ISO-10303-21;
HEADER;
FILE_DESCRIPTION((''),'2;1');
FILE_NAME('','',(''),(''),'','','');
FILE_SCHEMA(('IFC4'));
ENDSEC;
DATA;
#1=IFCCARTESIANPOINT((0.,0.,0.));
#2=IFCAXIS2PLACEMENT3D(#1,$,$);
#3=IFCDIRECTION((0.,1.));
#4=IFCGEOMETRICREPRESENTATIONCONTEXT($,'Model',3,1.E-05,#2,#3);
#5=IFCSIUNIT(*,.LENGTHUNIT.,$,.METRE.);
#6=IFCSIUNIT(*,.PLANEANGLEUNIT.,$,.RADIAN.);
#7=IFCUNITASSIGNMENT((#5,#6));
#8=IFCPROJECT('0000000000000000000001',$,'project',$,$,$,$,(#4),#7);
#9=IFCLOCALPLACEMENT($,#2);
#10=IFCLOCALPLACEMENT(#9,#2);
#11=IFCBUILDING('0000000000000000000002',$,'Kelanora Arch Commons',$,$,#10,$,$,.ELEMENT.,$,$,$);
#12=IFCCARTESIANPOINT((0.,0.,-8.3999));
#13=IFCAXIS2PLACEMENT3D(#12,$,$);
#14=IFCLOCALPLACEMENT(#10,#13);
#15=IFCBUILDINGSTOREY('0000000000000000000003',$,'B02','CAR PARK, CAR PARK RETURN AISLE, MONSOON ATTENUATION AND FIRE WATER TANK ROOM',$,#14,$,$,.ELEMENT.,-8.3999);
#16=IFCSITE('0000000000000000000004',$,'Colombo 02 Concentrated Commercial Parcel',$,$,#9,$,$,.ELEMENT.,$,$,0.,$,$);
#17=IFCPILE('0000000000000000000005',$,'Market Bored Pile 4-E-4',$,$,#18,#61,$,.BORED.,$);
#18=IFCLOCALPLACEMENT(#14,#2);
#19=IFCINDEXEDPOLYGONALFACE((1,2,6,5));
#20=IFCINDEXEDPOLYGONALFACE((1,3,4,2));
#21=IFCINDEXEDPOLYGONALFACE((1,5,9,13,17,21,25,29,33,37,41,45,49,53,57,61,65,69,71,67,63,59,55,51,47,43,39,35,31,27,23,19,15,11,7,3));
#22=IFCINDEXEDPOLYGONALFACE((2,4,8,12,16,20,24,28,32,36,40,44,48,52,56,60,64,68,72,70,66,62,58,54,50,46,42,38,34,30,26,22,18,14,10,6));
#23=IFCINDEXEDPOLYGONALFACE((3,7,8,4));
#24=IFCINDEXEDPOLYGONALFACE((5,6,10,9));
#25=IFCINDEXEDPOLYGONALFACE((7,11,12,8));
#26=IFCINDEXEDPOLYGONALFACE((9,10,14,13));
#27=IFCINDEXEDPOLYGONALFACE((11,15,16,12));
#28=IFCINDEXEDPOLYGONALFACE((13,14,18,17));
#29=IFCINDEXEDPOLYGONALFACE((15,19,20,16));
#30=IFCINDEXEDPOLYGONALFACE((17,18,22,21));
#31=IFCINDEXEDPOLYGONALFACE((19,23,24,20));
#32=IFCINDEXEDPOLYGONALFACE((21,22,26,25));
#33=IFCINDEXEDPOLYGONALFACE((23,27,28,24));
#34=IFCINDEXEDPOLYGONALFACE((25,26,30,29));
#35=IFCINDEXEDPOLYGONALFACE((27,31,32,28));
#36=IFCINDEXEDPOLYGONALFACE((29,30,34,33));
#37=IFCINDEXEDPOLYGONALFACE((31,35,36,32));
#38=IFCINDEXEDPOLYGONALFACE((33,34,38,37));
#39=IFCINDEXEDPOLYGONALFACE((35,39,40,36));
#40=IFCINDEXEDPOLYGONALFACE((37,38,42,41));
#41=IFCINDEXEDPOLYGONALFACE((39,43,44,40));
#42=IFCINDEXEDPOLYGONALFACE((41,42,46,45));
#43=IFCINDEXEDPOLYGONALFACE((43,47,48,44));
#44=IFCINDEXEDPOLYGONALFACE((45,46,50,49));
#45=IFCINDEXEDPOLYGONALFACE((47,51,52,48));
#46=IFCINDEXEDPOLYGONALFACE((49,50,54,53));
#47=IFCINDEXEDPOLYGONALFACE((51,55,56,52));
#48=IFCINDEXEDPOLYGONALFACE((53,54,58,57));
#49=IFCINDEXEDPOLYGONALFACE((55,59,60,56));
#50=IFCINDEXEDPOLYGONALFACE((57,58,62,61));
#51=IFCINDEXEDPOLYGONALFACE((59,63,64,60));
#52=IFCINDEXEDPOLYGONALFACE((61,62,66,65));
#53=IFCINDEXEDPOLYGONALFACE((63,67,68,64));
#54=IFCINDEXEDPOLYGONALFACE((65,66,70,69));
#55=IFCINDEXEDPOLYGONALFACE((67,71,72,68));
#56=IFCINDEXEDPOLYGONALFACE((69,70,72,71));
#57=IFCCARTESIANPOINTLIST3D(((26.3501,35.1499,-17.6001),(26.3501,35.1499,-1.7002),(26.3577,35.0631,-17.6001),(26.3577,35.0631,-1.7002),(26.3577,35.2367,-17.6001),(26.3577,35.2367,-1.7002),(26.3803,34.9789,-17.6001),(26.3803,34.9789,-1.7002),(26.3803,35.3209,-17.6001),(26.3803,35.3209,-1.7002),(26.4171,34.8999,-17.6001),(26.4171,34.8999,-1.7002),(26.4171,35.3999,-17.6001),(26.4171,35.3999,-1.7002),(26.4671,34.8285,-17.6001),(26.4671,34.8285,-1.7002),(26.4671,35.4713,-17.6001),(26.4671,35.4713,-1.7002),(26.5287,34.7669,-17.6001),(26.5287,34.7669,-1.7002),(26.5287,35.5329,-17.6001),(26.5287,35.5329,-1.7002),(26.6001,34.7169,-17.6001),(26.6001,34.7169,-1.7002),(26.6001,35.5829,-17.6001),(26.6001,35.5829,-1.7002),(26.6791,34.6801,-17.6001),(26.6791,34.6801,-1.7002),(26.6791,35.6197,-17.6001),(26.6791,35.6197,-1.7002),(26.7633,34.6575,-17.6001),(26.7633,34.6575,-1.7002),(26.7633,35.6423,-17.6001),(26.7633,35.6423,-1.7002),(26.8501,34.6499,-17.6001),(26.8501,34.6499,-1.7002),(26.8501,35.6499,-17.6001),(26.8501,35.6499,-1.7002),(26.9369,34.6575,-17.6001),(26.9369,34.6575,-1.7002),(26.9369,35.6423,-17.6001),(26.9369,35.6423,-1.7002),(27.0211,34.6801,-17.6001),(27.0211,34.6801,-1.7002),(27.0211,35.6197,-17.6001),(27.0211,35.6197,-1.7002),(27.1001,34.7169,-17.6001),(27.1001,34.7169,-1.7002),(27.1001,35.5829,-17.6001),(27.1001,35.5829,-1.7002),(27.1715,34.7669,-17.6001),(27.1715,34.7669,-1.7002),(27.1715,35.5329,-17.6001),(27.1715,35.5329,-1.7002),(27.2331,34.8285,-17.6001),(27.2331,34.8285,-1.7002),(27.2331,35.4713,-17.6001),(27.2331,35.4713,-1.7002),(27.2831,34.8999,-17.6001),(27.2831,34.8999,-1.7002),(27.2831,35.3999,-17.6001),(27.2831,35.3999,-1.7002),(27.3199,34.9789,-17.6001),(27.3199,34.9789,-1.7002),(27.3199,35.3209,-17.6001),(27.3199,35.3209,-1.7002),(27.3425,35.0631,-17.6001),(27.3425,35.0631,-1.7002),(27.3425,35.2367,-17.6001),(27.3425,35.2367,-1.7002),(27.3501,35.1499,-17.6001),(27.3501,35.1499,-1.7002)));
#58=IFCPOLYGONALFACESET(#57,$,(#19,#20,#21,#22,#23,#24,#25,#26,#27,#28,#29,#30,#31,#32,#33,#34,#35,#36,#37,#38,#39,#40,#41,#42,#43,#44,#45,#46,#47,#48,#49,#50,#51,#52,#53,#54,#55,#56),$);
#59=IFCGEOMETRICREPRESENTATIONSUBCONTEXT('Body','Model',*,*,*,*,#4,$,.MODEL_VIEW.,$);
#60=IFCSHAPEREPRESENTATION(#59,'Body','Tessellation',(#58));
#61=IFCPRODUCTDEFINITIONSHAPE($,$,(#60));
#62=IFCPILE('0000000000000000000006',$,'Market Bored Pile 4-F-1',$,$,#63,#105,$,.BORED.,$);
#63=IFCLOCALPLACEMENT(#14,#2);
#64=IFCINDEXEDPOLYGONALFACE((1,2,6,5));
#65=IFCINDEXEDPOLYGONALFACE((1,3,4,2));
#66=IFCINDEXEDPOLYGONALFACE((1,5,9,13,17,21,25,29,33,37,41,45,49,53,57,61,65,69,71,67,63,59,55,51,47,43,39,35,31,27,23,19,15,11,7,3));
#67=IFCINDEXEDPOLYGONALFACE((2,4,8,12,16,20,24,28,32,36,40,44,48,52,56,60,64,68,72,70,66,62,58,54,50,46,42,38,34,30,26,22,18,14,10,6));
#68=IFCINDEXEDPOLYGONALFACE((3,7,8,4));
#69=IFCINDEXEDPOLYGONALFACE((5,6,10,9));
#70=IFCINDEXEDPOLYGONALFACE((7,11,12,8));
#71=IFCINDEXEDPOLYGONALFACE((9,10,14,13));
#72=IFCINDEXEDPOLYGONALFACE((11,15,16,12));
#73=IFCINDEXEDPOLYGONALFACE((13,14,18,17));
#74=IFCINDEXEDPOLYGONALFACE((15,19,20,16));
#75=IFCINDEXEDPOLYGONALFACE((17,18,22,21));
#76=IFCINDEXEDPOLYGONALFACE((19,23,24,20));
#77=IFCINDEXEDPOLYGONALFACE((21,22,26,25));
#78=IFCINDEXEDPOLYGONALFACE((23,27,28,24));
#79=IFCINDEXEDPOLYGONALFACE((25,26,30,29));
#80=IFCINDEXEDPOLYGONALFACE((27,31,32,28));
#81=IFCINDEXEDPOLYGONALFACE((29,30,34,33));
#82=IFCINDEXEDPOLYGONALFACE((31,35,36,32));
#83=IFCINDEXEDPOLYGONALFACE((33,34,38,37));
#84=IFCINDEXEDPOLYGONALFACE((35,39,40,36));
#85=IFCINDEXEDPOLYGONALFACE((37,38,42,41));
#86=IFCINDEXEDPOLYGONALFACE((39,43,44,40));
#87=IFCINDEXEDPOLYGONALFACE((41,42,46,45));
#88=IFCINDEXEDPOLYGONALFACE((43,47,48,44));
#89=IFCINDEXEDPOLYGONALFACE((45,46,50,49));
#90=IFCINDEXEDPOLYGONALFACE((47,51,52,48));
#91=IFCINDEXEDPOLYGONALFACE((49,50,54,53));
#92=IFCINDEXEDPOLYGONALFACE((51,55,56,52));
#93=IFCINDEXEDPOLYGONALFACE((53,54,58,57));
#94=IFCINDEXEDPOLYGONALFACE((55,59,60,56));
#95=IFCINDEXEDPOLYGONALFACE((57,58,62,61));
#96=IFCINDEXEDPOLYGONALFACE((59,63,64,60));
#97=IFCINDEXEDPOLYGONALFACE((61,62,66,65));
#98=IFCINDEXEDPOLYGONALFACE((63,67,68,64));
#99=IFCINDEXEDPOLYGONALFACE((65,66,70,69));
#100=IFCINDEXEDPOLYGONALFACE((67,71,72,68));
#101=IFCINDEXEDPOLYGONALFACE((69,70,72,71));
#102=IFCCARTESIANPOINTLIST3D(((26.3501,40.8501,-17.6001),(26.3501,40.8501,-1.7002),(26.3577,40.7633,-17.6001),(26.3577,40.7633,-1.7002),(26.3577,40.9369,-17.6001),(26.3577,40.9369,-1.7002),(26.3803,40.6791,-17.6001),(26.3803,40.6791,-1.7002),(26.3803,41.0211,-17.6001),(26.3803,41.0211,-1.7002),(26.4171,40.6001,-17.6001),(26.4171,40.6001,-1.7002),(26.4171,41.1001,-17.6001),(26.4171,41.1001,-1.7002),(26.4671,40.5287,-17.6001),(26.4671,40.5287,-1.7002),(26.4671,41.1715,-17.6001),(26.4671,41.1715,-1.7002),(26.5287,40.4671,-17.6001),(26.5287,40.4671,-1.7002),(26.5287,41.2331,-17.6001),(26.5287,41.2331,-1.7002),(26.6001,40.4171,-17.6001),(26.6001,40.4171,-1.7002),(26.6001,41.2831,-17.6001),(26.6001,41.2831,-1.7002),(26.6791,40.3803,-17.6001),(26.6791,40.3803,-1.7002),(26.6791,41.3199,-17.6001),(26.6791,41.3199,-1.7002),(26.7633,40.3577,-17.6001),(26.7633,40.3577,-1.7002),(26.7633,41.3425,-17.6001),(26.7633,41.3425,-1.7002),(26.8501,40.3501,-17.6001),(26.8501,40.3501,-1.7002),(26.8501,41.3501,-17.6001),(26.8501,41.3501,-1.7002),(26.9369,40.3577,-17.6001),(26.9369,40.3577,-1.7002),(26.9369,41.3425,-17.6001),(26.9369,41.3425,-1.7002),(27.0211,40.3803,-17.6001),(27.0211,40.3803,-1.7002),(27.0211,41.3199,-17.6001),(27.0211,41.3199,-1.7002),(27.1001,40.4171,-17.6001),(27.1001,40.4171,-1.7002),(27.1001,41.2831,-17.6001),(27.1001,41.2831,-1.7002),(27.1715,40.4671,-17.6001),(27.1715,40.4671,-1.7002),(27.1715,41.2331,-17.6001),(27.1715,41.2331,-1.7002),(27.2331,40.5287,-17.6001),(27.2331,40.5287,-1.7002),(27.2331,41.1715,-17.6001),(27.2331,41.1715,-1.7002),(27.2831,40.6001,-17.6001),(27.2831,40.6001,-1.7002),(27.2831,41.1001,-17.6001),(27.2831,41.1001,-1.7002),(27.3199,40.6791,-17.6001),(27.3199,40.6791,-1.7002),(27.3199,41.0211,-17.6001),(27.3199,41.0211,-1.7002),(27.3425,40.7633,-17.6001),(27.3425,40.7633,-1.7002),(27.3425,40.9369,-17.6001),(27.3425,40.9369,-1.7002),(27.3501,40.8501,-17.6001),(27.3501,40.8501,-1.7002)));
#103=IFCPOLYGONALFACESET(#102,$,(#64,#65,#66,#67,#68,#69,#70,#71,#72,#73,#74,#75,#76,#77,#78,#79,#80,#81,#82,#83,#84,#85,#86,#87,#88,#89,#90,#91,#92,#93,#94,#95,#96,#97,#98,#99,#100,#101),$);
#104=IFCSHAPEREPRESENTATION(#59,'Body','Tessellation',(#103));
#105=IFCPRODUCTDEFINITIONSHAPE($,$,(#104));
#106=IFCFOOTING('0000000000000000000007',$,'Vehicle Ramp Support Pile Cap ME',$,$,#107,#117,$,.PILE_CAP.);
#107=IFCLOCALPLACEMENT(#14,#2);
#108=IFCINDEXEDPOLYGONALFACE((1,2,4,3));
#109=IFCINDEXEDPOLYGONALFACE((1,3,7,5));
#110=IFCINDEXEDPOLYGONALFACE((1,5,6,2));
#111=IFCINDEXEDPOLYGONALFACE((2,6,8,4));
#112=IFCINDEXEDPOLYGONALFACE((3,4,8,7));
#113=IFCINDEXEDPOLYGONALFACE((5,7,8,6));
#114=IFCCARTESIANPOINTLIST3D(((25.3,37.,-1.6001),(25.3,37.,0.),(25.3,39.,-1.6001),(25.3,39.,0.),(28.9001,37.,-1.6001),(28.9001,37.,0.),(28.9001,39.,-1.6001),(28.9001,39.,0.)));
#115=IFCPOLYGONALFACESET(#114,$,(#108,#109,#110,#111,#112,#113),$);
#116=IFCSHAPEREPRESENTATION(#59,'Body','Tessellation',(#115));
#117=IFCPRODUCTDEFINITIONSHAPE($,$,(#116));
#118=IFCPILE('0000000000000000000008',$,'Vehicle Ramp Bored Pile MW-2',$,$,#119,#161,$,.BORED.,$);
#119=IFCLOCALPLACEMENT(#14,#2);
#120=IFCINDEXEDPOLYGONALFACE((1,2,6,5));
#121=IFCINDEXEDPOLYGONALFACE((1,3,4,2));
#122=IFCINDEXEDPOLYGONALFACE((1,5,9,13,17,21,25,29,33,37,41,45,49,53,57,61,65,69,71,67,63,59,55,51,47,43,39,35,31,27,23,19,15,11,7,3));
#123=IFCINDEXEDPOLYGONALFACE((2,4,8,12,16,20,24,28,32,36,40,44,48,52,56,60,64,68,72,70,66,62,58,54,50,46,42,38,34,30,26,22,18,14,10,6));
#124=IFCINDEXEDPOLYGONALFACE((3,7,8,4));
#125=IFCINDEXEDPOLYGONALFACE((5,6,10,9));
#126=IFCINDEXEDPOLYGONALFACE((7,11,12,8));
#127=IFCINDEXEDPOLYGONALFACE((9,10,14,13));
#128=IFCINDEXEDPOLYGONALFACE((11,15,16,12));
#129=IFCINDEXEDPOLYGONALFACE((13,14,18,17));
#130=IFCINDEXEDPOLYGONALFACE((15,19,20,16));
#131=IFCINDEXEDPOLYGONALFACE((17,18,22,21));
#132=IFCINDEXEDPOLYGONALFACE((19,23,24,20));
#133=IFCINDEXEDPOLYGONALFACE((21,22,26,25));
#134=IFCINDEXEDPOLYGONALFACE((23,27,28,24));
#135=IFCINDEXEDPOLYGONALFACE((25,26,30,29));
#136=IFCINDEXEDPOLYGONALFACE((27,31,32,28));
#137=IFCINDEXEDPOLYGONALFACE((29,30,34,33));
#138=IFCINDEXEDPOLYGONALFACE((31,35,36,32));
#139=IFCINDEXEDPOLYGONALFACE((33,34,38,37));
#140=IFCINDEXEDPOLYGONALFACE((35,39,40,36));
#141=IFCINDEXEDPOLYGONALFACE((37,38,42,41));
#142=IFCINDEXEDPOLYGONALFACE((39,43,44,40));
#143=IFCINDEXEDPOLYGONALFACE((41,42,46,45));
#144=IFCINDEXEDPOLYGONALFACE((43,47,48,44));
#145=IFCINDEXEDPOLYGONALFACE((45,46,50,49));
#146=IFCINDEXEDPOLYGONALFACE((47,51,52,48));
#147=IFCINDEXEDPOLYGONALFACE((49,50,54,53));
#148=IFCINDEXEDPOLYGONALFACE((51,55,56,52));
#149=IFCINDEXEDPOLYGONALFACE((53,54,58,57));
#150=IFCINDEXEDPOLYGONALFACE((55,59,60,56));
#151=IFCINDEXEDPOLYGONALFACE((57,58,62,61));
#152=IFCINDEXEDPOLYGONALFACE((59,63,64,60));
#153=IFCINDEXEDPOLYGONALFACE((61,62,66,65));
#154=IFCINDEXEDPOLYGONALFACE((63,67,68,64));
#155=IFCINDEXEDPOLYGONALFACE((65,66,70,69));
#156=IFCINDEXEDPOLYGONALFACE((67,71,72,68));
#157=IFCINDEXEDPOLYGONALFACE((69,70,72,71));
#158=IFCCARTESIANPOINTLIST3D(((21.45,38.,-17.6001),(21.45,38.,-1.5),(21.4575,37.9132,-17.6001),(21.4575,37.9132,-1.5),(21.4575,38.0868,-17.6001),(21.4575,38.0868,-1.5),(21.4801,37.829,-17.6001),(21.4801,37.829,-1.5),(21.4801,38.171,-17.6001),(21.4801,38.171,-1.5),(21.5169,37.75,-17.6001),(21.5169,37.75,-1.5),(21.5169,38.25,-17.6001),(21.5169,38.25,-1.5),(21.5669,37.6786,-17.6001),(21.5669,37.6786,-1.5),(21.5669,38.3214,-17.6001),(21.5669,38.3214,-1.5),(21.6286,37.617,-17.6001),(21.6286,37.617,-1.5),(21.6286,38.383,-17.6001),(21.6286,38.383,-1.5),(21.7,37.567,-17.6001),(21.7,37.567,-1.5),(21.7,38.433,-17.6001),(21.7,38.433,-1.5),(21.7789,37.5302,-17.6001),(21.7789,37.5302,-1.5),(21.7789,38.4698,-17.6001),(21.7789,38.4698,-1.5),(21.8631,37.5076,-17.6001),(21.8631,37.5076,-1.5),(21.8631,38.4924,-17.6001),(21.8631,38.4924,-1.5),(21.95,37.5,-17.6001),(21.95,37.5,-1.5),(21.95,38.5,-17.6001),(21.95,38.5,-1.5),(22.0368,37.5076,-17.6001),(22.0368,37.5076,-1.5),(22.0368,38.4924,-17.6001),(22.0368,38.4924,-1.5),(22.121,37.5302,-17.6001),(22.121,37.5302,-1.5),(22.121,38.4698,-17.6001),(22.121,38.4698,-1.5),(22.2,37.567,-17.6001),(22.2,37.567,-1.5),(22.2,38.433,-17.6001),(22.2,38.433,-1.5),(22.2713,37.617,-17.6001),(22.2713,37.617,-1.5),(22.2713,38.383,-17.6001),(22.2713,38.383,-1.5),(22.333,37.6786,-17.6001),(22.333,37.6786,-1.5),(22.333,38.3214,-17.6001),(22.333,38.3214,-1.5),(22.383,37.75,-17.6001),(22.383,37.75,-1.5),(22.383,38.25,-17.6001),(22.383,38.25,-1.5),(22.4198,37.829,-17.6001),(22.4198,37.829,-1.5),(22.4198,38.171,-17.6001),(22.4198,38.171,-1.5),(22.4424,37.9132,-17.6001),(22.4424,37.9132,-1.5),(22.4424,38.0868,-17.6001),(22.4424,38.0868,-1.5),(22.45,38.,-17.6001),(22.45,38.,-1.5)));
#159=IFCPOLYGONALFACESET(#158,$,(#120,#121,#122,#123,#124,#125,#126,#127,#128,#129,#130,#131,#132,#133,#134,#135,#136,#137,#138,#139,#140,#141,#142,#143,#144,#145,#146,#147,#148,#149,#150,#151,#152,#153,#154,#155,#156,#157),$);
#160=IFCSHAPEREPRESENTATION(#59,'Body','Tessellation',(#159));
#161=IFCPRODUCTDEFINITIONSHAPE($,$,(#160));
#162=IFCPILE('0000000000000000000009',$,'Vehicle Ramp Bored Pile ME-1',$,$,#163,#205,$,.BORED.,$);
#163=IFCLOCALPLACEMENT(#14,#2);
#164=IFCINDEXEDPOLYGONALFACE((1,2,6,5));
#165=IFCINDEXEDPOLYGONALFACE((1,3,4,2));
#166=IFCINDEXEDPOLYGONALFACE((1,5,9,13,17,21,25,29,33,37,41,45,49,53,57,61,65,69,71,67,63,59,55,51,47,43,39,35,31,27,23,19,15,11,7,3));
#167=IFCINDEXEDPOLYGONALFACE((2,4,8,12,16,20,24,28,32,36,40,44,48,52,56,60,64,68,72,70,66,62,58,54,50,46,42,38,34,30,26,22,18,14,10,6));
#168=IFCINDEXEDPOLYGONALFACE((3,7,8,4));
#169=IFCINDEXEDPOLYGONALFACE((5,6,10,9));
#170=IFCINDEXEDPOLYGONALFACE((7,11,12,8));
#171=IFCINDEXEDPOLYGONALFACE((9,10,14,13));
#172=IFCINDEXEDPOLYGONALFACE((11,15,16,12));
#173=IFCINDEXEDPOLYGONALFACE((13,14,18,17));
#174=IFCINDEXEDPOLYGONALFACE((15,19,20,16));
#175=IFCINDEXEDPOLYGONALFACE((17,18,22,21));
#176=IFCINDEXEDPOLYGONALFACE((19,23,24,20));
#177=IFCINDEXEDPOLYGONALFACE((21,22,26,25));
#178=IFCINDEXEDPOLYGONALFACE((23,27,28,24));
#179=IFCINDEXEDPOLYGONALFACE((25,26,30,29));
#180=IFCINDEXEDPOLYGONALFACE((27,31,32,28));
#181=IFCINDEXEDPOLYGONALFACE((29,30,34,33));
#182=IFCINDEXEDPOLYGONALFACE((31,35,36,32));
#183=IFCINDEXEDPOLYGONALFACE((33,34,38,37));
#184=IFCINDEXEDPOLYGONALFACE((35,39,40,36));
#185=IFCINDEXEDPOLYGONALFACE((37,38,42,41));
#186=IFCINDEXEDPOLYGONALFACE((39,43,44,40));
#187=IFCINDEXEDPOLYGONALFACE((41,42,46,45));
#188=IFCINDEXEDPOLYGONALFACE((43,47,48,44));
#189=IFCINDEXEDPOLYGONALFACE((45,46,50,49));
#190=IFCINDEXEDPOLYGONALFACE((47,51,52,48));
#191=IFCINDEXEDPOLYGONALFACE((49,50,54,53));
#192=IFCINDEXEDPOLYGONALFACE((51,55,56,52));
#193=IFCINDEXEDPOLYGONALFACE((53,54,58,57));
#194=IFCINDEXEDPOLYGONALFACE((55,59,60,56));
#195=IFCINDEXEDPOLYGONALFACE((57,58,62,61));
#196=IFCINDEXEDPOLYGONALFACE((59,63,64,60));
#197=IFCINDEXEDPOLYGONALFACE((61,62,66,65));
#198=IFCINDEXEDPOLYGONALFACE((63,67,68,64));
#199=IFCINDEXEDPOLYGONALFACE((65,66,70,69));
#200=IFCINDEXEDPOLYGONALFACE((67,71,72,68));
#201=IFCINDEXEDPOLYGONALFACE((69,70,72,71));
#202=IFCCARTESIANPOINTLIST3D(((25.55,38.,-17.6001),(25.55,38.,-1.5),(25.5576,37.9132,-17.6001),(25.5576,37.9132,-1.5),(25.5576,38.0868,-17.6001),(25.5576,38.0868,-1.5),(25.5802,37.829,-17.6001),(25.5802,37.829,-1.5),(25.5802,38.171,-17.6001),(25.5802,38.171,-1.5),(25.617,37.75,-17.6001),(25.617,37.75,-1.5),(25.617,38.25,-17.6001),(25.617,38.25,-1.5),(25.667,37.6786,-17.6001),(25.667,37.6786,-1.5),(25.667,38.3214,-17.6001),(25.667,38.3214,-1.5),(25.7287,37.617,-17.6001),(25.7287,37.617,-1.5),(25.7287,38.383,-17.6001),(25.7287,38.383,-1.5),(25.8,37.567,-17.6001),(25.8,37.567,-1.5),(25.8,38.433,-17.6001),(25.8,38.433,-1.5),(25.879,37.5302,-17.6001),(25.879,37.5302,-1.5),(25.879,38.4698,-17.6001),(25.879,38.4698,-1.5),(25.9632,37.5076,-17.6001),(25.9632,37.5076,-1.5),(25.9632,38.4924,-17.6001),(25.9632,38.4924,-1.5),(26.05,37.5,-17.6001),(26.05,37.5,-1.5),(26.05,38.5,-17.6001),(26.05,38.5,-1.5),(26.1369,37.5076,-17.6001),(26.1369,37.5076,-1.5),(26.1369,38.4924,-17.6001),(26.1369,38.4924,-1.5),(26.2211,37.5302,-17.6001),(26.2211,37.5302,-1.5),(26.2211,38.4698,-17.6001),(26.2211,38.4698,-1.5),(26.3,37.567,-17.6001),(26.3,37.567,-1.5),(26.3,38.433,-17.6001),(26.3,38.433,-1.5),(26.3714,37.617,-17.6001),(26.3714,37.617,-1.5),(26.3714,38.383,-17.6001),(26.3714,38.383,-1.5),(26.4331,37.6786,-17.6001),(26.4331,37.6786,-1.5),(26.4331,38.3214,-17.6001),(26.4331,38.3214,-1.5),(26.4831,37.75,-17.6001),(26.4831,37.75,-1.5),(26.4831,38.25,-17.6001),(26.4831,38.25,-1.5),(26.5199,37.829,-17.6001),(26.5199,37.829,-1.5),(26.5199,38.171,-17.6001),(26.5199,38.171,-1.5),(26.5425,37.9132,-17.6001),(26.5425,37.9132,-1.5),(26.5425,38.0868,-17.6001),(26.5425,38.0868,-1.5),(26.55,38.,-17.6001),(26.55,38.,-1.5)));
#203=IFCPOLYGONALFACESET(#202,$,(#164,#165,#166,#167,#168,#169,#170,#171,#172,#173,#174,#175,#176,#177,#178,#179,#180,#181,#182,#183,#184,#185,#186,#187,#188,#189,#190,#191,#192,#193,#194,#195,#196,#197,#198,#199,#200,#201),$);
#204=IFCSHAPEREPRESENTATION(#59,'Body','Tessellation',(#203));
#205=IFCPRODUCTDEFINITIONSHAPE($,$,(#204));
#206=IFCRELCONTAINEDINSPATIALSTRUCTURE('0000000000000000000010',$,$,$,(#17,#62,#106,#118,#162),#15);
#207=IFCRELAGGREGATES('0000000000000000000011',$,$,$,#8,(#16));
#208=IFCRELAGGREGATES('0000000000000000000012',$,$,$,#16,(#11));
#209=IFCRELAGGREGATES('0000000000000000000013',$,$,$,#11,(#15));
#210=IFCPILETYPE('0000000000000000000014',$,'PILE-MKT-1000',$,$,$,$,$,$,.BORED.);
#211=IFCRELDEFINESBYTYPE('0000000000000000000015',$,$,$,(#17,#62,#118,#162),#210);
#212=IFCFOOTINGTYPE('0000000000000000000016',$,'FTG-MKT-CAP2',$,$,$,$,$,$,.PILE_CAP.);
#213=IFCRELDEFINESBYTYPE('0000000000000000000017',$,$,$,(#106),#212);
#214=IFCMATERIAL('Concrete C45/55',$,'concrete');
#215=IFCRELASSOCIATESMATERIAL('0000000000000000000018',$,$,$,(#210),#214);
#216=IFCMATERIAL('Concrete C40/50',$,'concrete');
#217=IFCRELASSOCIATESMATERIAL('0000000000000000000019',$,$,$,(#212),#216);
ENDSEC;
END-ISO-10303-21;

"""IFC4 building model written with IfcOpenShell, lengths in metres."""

from ifc_helpers import new_model, si_unit, direction, frame, origin, origin_2d, place, context, subcontext, project, spatial, rectangle, circle, extrude, source, transform, mapped, material, material_profile, profile_set, type_object, element, save


model = new_model("IFC4")

# Units and contexts
model_context = context("Model", 3, precision=1e-05, world=origin(), true_north=direction((0.0, 1.0)))
body_context = subcontext(model_context, "Body", "Model", "MODEL_VIEW")
ifc_project = project(units=[si_unit("LENGTHUNIT", "METRE"), si_unit("PLANEANGLEUNIT", "RADIAN")], contexts=[model_context])

# Site, building, storey
site_placement = place(None, origin())
site = spatial("IfcSite", under=ifc_project, at=site_placement, Name="Colombo 02 Concentrated Commercial Parcel", CompositionType="ELEMENT", RefElevation=0.0)
building_placement = place(site_placement, origin())
building = spatial("IfcBuilding", under=site, at=building_placement, Name="Kelanora Arch Commons", CompositionType="ELEMENT")
storey_placement = place(building_placement, frame((0.0, 0.0, -8.3999)))
storey = spatial("IfcBuildingStorey", under=building, at=storey_placement, Name="B02", Description="CAR PARK, CAR PARK RETURN AISLE, MONSOON ATTENUATION AND FIRE WATER TANK ROOM", CompositionType="ELEMENT", Elevation=-8.3999)

# Shared definitions
ifc_material_1 = material(Name="Concrete C40/50", Category="concrete")

# Piles
ifc_material_2 = material(Name="Concrete C45/55", Category="concrete")
ifc_material_profile_1 = material_profile(ifc_material_2, circle(Radius=0.5, at=origin_2d()), Name="PILE1000")
ifc_profile_set_1 = profile_set([ifc_material_profile_1], Name="Concrete C45/55")
pile_type = type_object("IfcPileType", Name="PILE-MKT-1000", PredefinedType="BORED", material=ifc_profile_set_1)
shared_shape_1 = source(origin(), body_context, "Body", "SweptSolid", [
    extrude(circle(Radius=0.5, at=origin_2d()), origin(), (0.0, 0.0, 1.0), 15.8999),
])
for number, where, z_axis, x_axis, name in (
    (1, (26.8501, 35.1499, -1.7002), (0.0, 0.0, -1.0), (1.0, 0.0, 0.0), "Market Bored Pile 4-E-4"),
    (2, (26.8501, 40.8501, -1.7002), (0.0, 0.0, -1.0), (1.0, 0.0, 0.0), "Market Bored Pile 4-F-1"),
):
    element("IfcPile", number, at=place(storey_placement, frame(where, z_axis=z_axis, x_axis=x_axis)), inside=storey, type_object=pile_type, Name=name, PredefinedType="BORED", context=body_context, shape_type="MappedRepresentation", body=[
        mapped(shared_shape_1, transform((0.0, 0.0, 0.0), scale=1.0)),
    ])

# Footing
footing_type_1 = type_object("IfcFootingType", Name="FTG-MKT-CAP2", PredefinedType="PILE_CAP", material=ifc_material_1)
shared_shape_2 = source(origin(), body_context, "Body", "SweptSolid", [
    extrude(rectangle(XDim=3.6001, YDim=2.0, at=origin_2d()), origin(), (0.0, 0.0, 1.0), 1.6001),
])
footing_1_placement = place(storey_placement, frame((27.1001, 38.0, -1.6001), z_axis=(0.0, 0.0, 1.0), x_axis=(1.0, 0.0, 0.0)))
element("IfcFooting", 3, at=footing_1_placement, inside=storey, type_object=footing_type_1, Name="Vehicle Ramp Support Pile Cap ME", PredefinedType="PILE_CAP", context=body_context, shape_type="MappedRepresentation", body=[
    mapped(shared_shape_2, transform((0.0, 0.0, 0.0), scale=1.0)),
])

# Piles
shared_shape_3 = source(origin(), body_context, "Body", "SweptSolid", [
    extrude(circle(Radius=0.5, at=origin_2d()), origin(), (0.0, 0.0, 1.0), 16.1001),
])
for number, where, z_axis, x_axis, name in (
    (4, (21.95, 38.0, -1.5), (0.0, 0.0, -1.0), (1.0, 0.0, 0.0), "Vehicle Ramp Bored Pile MW-2"),
    (5, (26.05, 38.0, -1.5), (0.0, 0.0, -1.0), (1.0, 0.0, 0.0), "Vehicle Ramp Bored Pile ME-1"),
):
    element("IfcPile", number, at=place(storey_placement, frame(where, z_axis=z_axis, x_axis=x_axis)), inside=storey, type_object=pile_type, Name=name, PredefinedType="BORED", context=body_context, shape_type="MappedRepresentation", body=[
        mapped(shared_shape_3, transform((0.0, 0.0, 0.0), scale=1.0)),
    ])

save(model, "model.ifc")
